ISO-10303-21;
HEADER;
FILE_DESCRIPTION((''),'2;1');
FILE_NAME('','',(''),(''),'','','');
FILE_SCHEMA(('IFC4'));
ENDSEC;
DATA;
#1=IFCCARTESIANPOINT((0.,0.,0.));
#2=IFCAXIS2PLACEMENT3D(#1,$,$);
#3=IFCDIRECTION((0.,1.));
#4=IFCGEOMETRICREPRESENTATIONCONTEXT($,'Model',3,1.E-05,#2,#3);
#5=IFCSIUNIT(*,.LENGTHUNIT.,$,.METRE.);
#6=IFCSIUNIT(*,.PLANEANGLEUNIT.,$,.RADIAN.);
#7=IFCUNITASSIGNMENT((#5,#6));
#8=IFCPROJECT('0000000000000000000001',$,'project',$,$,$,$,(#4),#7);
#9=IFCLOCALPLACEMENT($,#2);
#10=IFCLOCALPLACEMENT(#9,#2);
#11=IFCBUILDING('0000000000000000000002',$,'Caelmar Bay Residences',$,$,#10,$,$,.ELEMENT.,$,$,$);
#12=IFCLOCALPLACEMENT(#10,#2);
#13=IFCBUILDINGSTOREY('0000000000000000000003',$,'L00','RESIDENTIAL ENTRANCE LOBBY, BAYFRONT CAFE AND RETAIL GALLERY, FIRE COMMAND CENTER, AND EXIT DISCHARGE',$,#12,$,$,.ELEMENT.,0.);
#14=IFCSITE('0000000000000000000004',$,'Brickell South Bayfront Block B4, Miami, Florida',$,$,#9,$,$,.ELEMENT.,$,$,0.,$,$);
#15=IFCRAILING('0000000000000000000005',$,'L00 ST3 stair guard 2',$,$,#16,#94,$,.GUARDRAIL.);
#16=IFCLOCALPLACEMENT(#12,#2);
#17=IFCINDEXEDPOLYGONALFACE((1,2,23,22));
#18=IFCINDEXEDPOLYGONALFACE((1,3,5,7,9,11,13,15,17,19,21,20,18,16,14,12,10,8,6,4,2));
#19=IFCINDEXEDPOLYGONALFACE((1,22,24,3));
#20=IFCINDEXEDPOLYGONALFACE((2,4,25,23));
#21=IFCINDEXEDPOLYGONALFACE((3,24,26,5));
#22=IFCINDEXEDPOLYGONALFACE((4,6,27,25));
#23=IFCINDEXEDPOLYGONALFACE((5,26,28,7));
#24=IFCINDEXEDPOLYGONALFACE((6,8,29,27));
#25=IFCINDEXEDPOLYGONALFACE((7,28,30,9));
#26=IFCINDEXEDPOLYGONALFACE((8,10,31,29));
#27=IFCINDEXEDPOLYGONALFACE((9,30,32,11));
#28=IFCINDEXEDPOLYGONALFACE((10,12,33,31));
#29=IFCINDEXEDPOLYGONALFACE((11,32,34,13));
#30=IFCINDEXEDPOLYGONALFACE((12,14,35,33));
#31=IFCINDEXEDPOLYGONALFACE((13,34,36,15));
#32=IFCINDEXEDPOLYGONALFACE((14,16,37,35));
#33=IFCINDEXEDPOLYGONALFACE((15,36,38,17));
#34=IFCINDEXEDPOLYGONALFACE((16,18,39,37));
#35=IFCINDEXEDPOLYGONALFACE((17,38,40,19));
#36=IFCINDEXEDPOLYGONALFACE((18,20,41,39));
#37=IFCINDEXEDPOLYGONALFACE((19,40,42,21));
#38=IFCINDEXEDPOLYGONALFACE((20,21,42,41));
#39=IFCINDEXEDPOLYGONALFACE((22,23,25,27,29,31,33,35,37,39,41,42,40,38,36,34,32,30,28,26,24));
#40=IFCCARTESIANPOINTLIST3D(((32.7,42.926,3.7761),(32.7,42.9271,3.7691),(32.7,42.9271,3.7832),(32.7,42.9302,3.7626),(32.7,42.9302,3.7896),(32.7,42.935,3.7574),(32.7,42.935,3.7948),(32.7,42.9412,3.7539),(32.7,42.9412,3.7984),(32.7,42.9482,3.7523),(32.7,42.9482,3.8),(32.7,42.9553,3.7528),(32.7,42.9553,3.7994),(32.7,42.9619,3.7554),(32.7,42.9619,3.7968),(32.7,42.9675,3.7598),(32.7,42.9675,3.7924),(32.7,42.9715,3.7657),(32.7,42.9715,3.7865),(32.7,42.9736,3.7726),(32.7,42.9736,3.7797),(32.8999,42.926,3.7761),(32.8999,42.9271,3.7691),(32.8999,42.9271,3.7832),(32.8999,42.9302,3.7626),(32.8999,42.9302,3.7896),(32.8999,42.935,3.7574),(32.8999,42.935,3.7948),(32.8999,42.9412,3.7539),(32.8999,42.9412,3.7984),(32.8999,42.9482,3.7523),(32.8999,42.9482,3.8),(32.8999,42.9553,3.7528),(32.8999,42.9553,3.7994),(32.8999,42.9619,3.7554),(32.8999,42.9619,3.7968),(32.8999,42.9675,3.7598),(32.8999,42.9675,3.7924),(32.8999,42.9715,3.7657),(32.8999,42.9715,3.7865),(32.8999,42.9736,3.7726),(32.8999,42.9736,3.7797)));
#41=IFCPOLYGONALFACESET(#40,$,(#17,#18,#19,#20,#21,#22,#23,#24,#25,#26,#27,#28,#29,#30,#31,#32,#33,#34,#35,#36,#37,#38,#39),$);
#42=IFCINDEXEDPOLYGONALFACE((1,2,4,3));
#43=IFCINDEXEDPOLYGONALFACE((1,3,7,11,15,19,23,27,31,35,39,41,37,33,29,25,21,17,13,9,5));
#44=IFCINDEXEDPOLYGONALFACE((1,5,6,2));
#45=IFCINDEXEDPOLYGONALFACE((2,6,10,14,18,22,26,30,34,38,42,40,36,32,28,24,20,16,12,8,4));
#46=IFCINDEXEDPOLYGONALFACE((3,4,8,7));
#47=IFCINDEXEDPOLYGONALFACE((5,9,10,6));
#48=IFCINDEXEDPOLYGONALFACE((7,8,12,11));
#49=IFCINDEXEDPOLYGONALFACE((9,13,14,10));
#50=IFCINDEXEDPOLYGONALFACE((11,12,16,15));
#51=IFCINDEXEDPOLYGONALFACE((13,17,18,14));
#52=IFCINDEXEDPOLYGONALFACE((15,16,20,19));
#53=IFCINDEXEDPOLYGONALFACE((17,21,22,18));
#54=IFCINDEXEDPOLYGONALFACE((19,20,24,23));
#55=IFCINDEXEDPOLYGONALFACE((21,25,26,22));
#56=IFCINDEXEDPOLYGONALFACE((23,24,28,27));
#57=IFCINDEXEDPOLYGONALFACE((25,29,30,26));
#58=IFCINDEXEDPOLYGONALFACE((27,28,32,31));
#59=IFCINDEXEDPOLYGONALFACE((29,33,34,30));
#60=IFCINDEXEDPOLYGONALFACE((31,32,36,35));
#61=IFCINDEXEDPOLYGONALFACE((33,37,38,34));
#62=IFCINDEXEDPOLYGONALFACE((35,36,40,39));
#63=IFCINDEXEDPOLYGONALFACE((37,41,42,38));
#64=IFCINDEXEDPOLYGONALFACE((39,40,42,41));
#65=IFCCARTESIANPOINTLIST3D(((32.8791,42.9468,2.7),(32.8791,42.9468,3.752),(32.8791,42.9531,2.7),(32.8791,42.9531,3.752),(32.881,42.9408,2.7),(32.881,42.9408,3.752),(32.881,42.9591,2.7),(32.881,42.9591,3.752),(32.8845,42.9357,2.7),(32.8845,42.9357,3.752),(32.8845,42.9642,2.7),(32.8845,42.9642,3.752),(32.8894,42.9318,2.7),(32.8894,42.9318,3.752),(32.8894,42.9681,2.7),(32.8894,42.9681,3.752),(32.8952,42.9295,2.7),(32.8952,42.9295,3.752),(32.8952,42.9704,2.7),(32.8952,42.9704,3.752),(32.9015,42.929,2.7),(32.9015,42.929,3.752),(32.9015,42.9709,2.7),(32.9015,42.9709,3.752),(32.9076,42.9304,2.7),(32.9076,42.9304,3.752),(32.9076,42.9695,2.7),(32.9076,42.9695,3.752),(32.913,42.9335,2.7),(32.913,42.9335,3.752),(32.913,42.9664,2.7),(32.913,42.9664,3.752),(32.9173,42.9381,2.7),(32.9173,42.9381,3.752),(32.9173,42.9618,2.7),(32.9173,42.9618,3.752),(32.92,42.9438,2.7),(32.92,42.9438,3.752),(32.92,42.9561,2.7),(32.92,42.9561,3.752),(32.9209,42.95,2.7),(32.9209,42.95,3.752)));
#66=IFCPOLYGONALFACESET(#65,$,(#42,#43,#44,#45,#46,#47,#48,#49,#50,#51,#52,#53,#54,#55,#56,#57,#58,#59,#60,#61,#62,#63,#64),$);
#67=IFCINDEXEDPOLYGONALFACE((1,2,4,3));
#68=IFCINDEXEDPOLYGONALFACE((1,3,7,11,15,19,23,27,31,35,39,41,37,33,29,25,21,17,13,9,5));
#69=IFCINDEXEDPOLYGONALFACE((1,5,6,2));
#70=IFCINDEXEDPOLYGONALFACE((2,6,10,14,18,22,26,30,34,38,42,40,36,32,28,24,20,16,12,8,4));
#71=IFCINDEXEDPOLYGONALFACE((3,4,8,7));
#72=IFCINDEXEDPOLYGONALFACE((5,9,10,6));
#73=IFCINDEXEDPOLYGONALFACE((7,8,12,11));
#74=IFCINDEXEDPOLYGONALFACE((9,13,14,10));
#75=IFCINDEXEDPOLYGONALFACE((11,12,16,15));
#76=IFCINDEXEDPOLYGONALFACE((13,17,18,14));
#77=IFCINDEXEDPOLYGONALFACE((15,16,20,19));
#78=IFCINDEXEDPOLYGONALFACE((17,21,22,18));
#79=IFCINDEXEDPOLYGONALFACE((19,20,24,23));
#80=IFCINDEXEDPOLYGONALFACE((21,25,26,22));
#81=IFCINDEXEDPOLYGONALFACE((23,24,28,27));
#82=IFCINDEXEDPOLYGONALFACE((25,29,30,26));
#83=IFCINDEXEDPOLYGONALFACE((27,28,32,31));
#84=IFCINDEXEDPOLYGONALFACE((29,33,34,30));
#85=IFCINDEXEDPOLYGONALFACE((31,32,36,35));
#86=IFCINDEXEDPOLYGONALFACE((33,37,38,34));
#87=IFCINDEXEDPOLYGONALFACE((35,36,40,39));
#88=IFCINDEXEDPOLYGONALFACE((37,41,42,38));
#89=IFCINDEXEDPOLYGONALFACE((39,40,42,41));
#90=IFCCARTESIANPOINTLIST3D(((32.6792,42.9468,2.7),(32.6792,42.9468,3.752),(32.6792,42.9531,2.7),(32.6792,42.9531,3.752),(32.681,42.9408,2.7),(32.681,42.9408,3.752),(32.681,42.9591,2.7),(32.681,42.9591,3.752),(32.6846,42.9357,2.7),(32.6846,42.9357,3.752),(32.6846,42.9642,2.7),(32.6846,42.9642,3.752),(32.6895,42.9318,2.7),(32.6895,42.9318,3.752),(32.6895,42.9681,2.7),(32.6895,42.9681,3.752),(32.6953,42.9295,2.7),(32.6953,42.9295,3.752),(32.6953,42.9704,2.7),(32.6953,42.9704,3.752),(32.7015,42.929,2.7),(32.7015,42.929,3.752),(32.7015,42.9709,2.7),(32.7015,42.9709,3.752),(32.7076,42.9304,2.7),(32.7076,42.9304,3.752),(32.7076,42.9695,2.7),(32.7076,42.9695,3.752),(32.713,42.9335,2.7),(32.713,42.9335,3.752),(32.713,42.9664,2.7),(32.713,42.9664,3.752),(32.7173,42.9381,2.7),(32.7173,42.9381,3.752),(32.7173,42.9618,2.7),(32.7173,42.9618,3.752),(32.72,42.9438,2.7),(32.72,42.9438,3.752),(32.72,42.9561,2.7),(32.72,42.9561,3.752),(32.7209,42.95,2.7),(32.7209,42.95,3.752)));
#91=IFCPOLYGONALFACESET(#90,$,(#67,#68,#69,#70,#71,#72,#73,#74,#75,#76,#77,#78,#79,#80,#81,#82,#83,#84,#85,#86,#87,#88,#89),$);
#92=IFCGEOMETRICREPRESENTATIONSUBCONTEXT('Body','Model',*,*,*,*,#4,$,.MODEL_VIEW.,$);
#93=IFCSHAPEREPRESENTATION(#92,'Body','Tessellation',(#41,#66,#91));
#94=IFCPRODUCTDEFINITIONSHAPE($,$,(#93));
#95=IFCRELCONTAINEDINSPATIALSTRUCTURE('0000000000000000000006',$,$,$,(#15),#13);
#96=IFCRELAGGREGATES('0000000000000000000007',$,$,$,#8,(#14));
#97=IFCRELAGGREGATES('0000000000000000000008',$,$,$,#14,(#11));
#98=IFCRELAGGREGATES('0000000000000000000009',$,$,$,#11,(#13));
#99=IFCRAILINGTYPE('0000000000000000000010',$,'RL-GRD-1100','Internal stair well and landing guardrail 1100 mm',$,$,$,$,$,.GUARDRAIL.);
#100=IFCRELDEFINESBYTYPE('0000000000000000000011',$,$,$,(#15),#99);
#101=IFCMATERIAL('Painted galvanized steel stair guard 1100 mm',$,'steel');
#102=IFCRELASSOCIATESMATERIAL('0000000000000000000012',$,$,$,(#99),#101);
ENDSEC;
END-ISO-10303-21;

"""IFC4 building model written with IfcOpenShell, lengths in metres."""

from ifc_helpers import new_model, si_unit, direction, frame, origin, origin_2d, place, context, subcontext, project, spatial, circle, extrude, material, type_object, element, save


model = new_model("IFC4")

# Units and contexts
model_context = context("Model", 3, precision=1e-05, world=origin(), true_north=direction((0.0, 1.0)))
body_context = subcontext(model_context, "Body", "Model", "MODEL_VIEW")
ifc_project = project(units=[si_unit("LENGTHUNIT", "METRE"), si_unit("PLANEANGLEUNIT", "RADIAN")], contexts=[model_context])

# Site, building, storey
site_placement = place(None, origin())
site = spatial("IfcSite", under=ifc_project, at=site_placement, Name="Brickell South Bayfront Block B4, Miami, Florida", CompositionType="ELEMENT", RefElevation=0.0)
building_placement = place(site_placement, origin())
building = spatial("IfcBuilding", under=site, at=building_placement, Name="Caelmar Bay Residences", CompositionType="ELEMENT")
storey_placement = place(building_placement, origin())
storey = spatial("IfcBuildingStorey", under=building, at=storey_placement, Name="L00", Description="RESIDENTIAL ENTRANCE LOBBY, BAYFRONT CAFE AND RETAIL GALLERY, FIRE COMMAND CENTER, AND EXIT DISCHARGE", CompositionType="ELEMENT", Elevation=0.0)

# Railing
ifc_material_1 = material(Name="Painted galvanized steel stair guard 1100 mm", Category="steel")
railing_type_1 = type_object("IfcRailingType", Name="RL-GRD-1100", Description="Internal stair well and landing guardrail 1100 mm", PredefinedType="GUARDRAIL", material=ifc_material_1)
railing_1_placement = place(storey_placement, frame((32.8999, 42.95, 2.7)))
element("IfcRailing", 1, at=railing_1_placement, inside=storey, type_object=railing_type_1, Name="L00 ST3 stair guard 2", PredefinedType="GUARDRAIL", context=body_context, shape_type="SweptSolid", body=[
    extrude(circle(Radius=0.0239, at=origin_2d()), frame((0.0, 0.0, 1.0762), z_axis=(-1.0, 0.0, 0.0), x_axis=(0.0, -1.0, 0.0)), (0.0, 0.0, 1.0), 0.2),
    extrude(circle(Radius=0.021, at=origin_2d()), origin(), (0.0, 0.0, 1.0), 1.052),
    extrude(circle(Radius=0.021, at=origin_2d()), frame((-0.2, 0.0, 0.0)), (0.0, 0.0, 1.0), 1.052),
])

save(model, "model.ifc")
